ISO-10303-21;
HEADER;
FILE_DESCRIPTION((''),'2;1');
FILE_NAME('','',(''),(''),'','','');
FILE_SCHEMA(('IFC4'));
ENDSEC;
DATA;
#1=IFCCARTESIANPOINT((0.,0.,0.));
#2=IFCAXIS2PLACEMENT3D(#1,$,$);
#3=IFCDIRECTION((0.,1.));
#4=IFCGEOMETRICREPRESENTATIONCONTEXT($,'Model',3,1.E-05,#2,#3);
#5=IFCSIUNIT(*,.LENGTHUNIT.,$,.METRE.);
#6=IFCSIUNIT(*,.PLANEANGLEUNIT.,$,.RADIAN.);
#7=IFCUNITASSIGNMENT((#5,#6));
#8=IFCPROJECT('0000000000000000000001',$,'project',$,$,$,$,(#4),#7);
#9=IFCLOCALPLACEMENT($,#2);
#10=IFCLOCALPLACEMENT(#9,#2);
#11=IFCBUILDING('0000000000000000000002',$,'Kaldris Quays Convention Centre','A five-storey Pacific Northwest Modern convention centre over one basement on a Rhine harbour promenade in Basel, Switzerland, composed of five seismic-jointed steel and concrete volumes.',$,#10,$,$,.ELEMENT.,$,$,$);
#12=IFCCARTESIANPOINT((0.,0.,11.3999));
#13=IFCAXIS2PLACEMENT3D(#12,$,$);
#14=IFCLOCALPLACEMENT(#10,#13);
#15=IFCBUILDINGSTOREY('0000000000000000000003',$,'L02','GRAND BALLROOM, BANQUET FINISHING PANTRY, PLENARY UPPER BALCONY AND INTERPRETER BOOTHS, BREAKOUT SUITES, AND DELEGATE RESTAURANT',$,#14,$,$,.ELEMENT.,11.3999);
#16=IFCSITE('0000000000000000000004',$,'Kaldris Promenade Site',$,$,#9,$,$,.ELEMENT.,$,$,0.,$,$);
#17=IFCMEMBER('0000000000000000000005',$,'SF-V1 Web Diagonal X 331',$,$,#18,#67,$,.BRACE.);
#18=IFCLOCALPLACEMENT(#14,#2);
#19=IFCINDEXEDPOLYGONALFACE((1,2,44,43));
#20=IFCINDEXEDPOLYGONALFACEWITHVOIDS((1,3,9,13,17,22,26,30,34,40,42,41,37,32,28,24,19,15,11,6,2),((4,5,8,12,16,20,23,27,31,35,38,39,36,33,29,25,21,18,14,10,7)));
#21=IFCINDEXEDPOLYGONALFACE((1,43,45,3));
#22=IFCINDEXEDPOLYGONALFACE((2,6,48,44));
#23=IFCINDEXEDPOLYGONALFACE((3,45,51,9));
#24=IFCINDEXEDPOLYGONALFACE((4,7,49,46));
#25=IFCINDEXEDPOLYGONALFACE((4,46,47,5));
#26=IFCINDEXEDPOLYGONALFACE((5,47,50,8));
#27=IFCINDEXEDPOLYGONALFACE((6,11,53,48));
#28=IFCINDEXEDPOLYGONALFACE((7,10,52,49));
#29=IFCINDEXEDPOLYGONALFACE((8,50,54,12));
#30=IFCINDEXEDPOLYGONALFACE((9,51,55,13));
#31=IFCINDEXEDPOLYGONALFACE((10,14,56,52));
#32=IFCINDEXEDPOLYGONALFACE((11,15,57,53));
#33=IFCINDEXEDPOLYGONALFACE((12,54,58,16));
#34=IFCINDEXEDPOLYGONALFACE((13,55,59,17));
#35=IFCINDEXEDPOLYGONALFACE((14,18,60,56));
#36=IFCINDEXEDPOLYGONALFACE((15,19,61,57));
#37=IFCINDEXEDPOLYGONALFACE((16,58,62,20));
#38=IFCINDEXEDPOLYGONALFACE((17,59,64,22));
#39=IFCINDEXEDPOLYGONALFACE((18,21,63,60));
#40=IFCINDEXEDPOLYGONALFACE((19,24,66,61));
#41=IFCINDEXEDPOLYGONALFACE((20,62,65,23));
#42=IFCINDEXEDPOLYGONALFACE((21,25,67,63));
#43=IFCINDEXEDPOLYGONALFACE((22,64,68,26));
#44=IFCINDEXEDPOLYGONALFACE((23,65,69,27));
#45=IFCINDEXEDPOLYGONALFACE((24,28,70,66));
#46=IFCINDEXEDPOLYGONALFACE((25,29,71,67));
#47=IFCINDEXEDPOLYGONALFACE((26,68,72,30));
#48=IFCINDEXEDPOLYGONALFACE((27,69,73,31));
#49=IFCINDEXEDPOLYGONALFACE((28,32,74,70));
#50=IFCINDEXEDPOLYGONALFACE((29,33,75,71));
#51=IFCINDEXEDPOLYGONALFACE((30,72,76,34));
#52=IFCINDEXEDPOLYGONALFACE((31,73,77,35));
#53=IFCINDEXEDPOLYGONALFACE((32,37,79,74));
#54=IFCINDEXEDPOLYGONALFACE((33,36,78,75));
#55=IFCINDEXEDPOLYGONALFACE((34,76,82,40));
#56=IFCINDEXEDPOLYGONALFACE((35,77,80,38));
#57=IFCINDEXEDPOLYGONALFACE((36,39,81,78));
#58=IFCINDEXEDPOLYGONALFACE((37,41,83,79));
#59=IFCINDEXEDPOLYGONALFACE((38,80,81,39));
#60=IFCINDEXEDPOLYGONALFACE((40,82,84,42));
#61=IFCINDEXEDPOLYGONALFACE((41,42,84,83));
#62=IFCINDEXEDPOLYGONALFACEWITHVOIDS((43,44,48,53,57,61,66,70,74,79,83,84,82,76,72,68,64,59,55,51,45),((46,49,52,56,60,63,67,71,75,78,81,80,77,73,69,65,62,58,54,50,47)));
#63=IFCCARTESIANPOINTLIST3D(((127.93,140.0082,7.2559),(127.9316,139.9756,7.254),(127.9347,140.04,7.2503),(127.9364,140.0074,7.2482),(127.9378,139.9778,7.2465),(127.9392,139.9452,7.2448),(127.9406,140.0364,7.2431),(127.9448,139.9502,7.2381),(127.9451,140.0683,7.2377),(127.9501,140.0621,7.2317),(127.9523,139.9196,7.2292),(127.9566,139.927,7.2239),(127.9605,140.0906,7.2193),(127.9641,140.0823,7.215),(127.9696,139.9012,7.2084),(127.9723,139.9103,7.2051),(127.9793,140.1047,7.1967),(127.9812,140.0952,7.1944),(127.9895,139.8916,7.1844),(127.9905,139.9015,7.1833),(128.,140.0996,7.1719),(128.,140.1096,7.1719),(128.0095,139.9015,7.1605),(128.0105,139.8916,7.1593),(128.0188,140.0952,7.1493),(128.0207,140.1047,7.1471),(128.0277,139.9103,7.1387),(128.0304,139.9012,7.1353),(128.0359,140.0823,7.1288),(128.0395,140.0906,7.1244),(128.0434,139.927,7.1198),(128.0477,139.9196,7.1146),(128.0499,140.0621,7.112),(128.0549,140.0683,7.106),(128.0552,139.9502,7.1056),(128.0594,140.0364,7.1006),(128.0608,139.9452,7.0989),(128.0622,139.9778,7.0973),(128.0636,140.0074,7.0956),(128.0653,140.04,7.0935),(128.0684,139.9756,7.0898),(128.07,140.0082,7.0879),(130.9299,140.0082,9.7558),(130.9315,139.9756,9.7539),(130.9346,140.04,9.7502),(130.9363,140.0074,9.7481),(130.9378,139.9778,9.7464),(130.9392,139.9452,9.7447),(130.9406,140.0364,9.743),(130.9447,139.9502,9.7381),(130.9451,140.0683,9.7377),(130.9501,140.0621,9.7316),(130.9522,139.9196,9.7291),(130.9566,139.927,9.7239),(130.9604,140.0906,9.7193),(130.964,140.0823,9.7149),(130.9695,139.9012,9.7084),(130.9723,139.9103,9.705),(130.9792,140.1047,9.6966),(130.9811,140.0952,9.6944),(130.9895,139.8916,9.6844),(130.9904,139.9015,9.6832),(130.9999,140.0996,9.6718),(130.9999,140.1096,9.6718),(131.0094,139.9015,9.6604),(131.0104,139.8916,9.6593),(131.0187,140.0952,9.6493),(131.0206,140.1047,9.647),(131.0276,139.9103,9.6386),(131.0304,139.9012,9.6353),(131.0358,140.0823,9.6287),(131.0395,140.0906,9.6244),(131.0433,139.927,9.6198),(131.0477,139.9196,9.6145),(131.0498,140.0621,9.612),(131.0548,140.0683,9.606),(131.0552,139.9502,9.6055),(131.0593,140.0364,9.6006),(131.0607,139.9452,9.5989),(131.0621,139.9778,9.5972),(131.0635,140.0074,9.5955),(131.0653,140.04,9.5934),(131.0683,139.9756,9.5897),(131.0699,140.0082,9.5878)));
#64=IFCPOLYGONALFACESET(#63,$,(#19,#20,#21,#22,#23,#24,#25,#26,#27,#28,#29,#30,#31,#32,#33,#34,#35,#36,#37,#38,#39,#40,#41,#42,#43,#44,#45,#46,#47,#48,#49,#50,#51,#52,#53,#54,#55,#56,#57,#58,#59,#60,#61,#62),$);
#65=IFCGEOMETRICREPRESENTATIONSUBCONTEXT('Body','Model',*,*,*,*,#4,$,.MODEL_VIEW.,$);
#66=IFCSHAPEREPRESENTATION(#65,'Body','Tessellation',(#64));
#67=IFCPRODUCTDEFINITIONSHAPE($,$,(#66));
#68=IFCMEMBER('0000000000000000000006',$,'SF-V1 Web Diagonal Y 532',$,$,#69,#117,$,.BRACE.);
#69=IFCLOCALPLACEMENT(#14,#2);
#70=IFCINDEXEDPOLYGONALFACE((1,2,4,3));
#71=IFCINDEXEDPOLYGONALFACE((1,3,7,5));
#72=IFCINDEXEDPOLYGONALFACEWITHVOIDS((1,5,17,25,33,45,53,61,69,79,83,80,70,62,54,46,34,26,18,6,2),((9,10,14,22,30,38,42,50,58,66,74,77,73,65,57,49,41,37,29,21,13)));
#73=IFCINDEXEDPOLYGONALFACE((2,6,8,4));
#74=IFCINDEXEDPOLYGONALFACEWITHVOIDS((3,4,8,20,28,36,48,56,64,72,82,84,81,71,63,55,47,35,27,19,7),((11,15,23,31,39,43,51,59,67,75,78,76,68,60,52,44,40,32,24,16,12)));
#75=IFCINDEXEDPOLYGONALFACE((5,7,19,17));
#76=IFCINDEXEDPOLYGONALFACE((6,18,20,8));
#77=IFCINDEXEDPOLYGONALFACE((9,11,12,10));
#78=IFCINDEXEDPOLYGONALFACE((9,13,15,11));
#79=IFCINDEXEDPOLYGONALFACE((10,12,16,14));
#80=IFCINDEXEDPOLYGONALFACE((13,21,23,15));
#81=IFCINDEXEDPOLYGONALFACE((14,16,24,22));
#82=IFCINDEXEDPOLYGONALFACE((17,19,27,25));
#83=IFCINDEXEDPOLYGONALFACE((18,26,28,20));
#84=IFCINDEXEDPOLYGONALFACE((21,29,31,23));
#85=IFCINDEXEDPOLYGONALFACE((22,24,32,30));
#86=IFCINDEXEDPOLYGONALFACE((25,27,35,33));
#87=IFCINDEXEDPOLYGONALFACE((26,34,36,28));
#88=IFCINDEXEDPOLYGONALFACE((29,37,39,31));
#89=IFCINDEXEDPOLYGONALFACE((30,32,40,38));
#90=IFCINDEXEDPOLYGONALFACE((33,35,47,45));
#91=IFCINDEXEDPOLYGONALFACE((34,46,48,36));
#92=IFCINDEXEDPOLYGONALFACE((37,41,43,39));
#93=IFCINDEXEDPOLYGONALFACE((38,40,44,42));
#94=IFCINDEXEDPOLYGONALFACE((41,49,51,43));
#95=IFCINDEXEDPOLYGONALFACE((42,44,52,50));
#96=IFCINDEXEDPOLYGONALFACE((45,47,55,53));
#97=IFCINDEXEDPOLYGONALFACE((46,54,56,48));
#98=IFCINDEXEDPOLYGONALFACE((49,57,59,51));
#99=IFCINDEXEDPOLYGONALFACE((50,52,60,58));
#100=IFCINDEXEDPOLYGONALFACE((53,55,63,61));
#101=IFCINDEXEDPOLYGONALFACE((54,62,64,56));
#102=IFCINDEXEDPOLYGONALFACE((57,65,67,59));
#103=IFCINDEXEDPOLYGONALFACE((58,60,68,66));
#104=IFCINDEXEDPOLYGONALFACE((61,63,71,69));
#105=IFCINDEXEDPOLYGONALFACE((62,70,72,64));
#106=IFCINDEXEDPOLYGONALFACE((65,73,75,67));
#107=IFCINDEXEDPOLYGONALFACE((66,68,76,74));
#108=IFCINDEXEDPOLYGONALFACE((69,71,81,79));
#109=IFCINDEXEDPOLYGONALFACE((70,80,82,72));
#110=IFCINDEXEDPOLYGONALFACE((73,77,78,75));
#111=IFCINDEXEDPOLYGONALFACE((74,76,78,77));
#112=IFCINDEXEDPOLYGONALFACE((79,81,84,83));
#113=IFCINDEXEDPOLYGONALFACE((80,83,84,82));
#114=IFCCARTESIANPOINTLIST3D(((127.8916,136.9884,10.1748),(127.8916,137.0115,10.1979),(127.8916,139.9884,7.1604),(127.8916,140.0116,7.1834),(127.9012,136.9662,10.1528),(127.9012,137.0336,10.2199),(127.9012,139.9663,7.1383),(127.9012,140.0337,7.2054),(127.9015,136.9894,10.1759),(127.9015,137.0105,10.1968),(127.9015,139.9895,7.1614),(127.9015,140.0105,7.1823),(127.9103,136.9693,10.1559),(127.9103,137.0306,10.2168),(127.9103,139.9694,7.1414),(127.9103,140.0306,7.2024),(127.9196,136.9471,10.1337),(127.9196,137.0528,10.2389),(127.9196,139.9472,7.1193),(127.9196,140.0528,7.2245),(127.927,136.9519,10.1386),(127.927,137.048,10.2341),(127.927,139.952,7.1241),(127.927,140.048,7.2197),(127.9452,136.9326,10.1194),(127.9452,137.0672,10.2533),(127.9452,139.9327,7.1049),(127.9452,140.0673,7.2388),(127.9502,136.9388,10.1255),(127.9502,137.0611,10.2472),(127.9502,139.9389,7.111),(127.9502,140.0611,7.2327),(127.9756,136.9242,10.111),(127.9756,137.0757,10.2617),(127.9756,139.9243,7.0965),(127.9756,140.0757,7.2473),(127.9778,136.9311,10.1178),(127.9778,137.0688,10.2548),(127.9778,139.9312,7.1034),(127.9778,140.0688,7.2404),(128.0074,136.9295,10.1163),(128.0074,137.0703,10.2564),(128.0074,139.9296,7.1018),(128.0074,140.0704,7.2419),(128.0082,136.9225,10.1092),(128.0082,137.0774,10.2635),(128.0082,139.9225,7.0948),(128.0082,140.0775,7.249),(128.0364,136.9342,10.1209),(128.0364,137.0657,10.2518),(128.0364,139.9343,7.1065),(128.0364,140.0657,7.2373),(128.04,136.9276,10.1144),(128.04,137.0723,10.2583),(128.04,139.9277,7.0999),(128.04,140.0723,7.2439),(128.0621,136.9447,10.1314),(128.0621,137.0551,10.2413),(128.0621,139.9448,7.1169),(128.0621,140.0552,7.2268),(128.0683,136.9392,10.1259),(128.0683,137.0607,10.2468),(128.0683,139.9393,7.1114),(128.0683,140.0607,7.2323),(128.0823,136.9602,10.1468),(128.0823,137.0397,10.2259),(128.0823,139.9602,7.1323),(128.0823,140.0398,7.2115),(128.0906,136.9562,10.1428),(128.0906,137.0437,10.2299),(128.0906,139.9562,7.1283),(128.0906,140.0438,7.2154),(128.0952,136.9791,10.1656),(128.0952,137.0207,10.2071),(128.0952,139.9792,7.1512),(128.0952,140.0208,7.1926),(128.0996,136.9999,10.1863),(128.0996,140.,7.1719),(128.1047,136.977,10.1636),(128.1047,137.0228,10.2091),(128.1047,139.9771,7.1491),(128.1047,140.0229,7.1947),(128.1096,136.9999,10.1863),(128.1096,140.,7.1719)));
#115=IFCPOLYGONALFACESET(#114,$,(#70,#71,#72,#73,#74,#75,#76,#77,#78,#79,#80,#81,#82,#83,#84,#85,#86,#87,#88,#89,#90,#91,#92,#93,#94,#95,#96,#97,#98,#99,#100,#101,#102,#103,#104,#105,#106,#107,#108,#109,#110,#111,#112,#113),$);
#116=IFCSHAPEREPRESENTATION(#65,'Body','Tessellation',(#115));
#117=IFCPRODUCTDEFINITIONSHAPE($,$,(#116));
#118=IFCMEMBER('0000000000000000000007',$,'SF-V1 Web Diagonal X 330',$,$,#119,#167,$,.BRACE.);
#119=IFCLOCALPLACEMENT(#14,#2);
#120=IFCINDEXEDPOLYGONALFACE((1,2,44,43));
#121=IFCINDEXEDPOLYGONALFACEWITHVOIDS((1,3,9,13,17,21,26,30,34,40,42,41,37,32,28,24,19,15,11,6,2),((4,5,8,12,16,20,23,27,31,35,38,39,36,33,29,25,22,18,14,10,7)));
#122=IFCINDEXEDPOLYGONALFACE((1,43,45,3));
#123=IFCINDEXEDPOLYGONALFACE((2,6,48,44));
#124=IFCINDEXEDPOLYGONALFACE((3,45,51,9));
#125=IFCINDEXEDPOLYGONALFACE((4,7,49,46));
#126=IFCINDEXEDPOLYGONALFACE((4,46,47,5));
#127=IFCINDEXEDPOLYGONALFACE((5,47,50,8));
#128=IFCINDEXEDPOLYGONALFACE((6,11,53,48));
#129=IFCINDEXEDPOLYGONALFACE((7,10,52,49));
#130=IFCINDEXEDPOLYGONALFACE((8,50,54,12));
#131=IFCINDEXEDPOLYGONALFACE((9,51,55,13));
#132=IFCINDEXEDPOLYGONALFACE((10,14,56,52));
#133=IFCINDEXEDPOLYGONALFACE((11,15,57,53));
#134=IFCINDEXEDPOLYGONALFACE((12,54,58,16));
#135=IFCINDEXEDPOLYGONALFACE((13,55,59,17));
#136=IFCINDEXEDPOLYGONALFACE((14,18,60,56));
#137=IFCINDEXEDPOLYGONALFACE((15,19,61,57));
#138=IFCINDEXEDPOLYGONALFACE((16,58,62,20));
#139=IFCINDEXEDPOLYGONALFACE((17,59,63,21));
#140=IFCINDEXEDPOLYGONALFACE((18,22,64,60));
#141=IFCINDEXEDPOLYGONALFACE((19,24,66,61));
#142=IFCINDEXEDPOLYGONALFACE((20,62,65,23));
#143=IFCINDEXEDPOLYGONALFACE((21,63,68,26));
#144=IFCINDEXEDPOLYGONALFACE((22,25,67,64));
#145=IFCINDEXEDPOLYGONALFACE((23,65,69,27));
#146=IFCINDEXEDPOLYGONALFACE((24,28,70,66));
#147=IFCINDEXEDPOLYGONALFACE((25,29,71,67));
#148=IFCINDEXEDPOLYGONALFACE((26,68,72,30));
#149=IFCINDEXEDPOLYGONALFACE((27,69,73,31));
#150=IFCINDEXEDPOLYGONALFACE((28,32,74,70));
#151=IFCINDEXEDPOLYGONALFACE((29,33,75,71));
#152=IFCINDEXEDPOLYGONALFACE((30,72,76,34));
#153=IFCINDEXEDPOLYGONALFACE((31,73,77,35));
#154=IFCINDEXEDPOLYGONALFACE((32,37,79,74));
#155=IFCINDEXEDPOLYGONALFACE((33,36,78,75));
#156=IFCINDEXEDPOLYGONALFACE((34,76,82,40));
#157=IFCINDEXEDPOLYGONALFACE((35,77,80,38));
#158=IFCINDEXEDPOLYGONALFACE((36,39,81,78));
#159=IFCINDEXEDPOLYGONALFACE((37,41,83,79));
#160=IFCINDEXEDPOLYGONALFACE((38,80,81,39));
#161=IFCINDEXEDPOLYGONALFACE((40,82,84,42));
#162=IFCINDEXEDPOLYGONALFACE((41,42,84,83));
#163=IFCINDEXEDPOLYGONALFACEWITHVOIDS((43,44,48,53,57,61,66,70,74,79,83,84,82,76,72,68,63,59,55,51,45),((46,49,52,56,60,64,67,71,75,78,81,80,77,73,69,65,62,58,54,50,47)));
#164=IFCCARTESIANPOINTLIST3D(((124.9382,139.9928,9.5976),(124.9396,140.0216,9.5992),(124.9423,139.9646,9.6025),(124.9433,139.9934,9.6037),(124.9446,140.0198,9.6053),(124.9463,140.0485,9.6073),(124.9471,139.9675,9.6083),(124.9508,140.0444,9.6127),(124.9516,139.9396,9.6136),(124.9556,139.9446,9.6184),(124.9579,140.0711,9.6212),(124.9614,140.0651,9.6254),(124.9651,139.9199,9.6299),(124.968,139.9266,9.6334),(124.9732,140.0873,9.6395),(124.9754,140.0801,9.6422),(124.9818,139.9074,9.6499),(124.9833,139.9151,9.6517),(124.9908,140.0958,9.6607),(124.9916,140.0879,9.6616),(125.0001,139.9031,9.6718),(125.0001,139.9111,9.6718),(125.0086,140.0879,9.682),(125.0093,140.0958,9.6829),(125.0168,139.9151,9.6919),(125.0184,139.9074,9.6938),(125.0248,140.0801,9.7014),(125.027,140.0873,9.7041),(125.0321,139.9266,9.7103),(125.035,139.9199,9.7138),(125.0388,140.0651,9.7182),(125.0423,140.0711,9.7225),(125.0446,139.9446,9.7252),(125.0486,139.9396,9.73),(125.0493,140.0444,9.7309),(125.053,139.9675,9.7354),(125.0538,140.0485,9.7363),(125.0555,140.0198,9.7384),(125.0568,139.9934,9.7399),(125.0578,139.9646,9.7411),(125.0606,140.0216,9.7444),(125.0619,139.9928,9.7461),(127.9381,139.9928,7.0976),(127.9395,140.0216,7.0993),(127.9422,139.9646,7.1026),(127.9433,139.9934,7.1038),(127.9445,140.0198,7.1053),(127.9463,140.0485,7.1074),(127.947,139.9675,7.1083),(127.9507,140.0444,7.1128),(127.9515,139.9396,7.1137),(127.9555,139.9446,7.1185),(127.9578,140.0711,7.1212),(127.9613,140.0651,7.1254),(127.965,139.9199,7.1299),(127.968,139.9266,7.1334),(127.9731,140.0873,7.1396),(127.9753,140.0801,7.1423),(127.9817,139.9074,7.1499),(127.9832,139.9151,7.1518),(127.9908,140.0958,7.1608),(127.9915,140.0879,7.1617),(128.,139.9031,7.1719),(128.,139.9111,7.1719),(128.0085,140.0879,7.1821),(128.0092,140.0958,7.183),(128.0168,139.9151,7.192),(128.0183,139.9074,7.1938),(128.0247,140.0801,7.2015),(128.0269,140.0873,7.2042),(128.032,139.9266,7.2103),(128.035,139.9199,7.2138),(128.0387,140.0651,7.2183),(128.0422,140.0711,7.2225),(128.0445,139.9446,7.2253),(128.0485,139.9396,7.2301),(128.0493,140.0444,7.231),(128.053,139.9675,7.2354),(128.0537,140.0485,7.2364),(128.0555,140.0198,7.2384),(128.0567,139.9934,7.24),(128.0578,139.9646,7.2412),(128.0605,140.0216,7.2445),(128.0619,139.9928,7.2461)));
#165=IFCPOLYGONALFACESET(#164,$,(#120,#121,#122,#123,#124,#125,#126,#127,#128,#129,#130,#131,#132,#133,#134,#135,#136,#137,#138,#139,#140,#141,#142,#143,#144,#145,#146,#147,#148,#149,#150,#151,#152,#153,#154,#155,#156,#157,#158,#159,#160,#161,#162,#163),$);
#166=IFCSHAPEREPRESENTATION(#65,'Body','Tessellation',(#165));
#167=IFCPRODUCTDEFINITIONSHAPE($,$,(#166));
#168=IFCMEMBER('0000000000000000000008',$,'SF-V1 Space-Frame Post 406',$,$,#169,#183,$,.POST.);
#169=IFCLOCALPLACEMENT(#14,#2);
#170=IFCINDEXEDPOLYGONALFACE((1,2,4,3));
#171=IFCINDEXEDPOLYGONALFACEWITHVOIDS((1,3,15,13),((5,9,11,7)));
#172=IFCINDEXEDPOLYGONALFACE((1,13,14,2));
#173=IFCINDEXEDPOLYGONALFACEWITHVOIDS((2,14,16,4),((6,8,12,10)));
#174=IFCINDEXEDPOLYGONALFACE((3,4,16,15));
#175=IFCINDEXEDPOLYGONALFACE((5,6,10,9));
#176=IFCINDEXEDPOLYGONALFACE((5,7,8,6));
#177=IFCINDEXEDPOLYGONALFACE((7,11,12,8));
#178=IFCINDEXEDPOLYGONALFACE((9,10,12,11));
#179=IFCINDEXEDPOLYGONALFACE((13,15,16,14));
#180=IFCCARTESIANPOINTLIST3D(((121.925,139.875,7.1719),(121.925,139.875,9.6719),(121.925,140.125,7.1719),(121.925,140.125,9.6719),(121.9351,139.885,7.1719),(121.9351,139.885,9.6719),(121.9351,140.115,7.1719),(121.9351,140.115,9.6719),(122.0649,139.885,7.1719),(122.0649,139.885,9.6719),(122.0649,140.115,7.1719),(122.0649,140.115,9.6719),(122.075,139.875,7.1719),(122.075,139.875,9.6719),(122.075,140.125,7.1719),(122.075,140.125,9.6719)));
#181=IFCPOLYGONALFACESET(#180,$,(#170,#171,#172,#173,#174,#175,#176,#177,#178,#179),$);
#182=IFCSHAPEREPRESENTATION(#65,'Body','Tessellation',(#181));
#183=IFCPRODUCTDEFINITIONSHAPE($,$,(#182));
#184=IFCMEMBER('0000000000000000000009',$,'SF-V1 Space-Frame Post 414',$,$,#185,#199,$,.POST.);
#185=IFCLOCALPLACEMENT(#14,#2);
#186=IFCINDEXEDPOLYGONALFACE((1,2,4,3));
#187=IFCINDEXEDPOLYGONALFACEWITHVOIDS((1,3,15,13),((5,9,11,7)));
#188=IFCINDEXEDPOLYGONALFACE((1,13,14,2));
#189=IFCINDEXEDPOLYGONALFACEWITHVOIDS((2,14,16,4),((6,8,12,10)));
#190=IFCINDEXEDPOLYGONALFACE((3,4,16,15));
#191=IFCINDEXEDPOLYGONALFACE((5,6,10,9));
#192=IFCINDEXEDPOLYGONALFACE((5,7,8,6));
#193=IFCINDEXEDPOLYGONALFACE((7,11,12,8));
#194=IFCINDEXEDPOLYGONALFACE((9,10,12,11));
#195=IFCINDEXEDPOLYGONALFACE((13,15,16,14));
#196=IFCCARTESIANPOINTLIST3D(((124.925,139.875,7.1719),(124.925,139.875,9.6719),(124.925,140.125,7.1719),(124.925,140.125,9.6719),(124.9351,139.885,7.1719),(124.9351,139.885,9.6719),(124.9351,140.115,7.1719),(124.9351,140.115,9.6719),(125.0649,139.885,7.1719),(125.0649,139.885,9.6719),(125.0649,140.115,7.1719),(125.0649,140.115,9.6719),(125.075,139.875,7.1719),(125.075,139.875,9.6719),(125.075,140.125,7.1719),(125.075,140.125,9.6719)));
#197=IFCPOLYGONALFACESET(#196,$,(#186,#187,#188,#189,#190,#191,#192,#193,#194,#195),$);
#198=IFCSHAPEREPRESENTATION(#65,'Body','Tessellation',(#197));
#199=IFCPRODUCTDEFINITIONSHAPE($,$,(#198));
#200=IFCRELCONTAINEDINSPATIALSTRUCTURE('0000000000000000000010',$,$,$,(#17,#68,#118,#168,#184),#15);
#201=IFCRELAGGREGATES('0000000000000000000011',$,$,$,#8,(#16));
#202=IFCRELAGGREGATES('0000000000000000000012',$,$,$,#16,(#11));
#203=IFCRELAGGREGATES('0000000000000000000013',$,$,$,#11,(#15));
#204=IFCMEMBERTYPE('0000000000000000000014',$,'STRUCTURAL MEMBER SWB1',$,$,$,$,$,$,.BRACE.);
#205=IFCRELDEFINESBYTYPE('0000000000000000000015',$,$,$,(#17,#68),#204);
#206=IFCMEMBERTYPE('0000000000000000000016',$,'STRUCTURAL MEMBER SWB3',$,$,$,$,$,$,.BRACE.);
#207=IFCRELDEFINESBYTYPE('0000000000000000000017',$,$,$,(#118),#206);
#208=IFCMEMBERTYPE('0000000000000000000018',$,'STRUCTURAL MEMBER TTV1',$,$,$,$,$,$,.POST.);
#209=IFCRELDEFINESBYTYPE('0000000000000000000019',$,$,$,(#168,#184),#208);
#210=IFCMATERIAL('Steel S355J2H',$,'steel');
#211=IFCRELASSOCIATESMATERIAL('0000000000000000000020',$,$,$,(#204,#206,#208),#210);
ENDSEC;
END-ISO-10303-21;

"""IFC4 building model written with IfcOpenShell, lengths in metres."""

from ifc_helpers import new_model, si_unit, direction, frame, origin, origin_2d, place, context, subcontext, project, spatial, hollow_rectangle, hollow_circle, extrude, material, material_profile, profile_set, type_object, element, save


model = new_model("IFC4")

# Units and contexts
model_context = context("Model", 3, precision=1e-05, world=origin(), true_north=direction((0.0, 1.0)))
body_context = subcontext(model_context, "Body", "Model", "MODEL_VIEW")
ifc_project = project(units=[si_unit("LENGTHUNIT", "METRE"), si_unit("PLANEANGLEUNIT", "RADIAN")], contexts=[model_context])

# Site, building, storey
site_placement = place(None, origin())
site = spatial("IfcSite", under=ifc_project, at=site_placement, Name="Kaldris Promenade Site", CompositionType="ELEMENT", RefElevation=0.0)
building_placement = place(site_placement, origin())
building = spatial("IfcBuilding", under=site, at=building_placement, Name="Kaldris Quays Convention Centre", Description="A five-storey Pacific Northwest Modern convention centre over one basement on a Rhine harbour promenade in Basel, Switzerland, composed of five seismic-jointed steel and concrete volumes.", CompositionType="ELEMENT")
storey_placement = place(building_placement, frame((0.0, 0.0, 11.3999)))
storey = spatial("IfcBuildingStorey", under=building, at=storey_placement, Name="L02", Description="GRAND BALLROOM, BANQUET FINISHING PANTRY, PLENARY UPPER BALCONY AND INTERPRETER BOOTHS, BREAKOUT SUITES, AND DELEGATE RESTAURANT", CompositionType="ELEMENT", Elevation=11.3999)

# Members
ifc_material_1 = material(Name="Steel S355J2H", Category="steel")
ifc_material_profile_1 = material_profile(ifc_material_1, hollow_circle(Radius=0.1096, WallThickness=0.01, at=origin_2d()), Name="CHS 219.1x10")
ifc_profile_set_1 = profile_set([ifc_material_profile_1], Name="Steel S355J2H")
member_type_1 = type_object("IfcMemberType", Name="STRUCTURAL MEMBER SWB1", PredefinedType="BRACE", material=ifc_profile_set_1)
for number, where, z_axis, x_axis, name in (
    (1, (128.0, 140.0, 7.1719), (0.768221, 0.0, 0.640184), (0.0, 1.0, 0.0), "SF-V1 Web Diagonal X 331"),
):
    element("IfcMember", number, at=place(storey_placement, frame(where, z_axis=z_axis, x_axis=x_axis)), inside=storey, type_object=member_type_1, Name=name, PredefinedType="BRACE", context=body_context, shape_type="SweptSolid", body=[
        extrude(hollow_circle(Radius=0.1096, WallThickness=0.01, at=origin_2d()), origin(), (0.0, 0.0, 1.0), 3.905),
    ])
member_1_placement = place(storey_placement, frame((128.0, 140.0, 7.1719), z_axis=(0.0, -0.705411, 0.708798), x_axis=(1.0, 0.0, 0.0)))
element("IfcMember", 2, at=member_1_placement, inside=storey, type_object=member_type_1, Name="SF-V1 Web Diagonal Y 532", PredefinedType="BRACE", context=body_context, shape_type="SweptSolid", body=[
    extrude(hollow_circle(Radius=0.1096, WallThickness=0.01, at=origin_2d()), origin(), (0.0, 0.0, 1.0), 4.2529),
])
ifc_material_profile_2 = material_profile(ifc_material_1, hollow_circle(Radius=0.0969, WallThickness=0.0081, at=origin_2d()), Name="CHS 193.7x8")
ifc_profile_set_2 = profile_set([ifc_material_profile_2], Name="Steel S355J2H")
member_type_2 = type_object("IfcMemberType", Name="STRUCTURAL MEMBER SWB3", PredefinedType="BRACE", material=ifc_profile_set_2)
member_2_placement = place(storey_placement, frame((128.0, 140.0, 7.1719), z_axis=(-0.768221, 0.0, 0.640184), x_axis=(0.0, -1.0, 0.0)))
element("IfcMember", 3, at=member_2_placement, inside=storey, type_object=member_type_2, Name="SF-V1 Web Diagonal X 330", PredefinedType="BRACE", context=body_context, shape_type="SweptSolid", body=[
    extrude(hollow_circle(Radius=0.0969, WallThickness=0.0081, at=origin_2d()), origin(), (0.0, 0.0, 1.0), 3.905),
])
ifc_material_profile_3 = material_profile(ifc_material_1, hollow_rectangle(XDim=0.1499, YDim=0.25, WallThickness=0.01, at=origin_2d()), Name="RHS 250x150x10")
ifc_profile_set_3 = profile_set([ifc_material_profile_3], Name="Steel S355J2H")
member_type_3 = type_object("IfcMemberType", Name="STRUCTURAL MEMBER TTV1", PredefinedType="POST", material=ifc_profile_set_3)
for number, where, z_axis, x_axis, name in (
    (4, (122.0, 140.0, 7.1719), (0.0, 0.0, 1.0), (1.0, 0.0, 0.0), "SF-V1 Space-Frame Post 406"),
    (5, (125.0, 140.0, 7.1719), (0.0, 0.0, 1.0), (1.0, 0.0, 0.0), "SF-V1 Space-Frame Post 414"),
):
    element("IfcMember", number, at=place(storey_placement, frame(where, z_axis=z_axis, x_axis=x_axis)), inside=storey, type_object=member_type_3, Name=name, PredefinedType="POST", context=body_context, shape_type="SweptSolid", body=[
        extrude(hollow_rectangle(XDim=0.1499, YDim=0.25, WallThickness=0.01, at=origin_2d()), origin(), (0.0, 0.0, 1.0), 2.5),
    ])

save(model, "model.ifc")
